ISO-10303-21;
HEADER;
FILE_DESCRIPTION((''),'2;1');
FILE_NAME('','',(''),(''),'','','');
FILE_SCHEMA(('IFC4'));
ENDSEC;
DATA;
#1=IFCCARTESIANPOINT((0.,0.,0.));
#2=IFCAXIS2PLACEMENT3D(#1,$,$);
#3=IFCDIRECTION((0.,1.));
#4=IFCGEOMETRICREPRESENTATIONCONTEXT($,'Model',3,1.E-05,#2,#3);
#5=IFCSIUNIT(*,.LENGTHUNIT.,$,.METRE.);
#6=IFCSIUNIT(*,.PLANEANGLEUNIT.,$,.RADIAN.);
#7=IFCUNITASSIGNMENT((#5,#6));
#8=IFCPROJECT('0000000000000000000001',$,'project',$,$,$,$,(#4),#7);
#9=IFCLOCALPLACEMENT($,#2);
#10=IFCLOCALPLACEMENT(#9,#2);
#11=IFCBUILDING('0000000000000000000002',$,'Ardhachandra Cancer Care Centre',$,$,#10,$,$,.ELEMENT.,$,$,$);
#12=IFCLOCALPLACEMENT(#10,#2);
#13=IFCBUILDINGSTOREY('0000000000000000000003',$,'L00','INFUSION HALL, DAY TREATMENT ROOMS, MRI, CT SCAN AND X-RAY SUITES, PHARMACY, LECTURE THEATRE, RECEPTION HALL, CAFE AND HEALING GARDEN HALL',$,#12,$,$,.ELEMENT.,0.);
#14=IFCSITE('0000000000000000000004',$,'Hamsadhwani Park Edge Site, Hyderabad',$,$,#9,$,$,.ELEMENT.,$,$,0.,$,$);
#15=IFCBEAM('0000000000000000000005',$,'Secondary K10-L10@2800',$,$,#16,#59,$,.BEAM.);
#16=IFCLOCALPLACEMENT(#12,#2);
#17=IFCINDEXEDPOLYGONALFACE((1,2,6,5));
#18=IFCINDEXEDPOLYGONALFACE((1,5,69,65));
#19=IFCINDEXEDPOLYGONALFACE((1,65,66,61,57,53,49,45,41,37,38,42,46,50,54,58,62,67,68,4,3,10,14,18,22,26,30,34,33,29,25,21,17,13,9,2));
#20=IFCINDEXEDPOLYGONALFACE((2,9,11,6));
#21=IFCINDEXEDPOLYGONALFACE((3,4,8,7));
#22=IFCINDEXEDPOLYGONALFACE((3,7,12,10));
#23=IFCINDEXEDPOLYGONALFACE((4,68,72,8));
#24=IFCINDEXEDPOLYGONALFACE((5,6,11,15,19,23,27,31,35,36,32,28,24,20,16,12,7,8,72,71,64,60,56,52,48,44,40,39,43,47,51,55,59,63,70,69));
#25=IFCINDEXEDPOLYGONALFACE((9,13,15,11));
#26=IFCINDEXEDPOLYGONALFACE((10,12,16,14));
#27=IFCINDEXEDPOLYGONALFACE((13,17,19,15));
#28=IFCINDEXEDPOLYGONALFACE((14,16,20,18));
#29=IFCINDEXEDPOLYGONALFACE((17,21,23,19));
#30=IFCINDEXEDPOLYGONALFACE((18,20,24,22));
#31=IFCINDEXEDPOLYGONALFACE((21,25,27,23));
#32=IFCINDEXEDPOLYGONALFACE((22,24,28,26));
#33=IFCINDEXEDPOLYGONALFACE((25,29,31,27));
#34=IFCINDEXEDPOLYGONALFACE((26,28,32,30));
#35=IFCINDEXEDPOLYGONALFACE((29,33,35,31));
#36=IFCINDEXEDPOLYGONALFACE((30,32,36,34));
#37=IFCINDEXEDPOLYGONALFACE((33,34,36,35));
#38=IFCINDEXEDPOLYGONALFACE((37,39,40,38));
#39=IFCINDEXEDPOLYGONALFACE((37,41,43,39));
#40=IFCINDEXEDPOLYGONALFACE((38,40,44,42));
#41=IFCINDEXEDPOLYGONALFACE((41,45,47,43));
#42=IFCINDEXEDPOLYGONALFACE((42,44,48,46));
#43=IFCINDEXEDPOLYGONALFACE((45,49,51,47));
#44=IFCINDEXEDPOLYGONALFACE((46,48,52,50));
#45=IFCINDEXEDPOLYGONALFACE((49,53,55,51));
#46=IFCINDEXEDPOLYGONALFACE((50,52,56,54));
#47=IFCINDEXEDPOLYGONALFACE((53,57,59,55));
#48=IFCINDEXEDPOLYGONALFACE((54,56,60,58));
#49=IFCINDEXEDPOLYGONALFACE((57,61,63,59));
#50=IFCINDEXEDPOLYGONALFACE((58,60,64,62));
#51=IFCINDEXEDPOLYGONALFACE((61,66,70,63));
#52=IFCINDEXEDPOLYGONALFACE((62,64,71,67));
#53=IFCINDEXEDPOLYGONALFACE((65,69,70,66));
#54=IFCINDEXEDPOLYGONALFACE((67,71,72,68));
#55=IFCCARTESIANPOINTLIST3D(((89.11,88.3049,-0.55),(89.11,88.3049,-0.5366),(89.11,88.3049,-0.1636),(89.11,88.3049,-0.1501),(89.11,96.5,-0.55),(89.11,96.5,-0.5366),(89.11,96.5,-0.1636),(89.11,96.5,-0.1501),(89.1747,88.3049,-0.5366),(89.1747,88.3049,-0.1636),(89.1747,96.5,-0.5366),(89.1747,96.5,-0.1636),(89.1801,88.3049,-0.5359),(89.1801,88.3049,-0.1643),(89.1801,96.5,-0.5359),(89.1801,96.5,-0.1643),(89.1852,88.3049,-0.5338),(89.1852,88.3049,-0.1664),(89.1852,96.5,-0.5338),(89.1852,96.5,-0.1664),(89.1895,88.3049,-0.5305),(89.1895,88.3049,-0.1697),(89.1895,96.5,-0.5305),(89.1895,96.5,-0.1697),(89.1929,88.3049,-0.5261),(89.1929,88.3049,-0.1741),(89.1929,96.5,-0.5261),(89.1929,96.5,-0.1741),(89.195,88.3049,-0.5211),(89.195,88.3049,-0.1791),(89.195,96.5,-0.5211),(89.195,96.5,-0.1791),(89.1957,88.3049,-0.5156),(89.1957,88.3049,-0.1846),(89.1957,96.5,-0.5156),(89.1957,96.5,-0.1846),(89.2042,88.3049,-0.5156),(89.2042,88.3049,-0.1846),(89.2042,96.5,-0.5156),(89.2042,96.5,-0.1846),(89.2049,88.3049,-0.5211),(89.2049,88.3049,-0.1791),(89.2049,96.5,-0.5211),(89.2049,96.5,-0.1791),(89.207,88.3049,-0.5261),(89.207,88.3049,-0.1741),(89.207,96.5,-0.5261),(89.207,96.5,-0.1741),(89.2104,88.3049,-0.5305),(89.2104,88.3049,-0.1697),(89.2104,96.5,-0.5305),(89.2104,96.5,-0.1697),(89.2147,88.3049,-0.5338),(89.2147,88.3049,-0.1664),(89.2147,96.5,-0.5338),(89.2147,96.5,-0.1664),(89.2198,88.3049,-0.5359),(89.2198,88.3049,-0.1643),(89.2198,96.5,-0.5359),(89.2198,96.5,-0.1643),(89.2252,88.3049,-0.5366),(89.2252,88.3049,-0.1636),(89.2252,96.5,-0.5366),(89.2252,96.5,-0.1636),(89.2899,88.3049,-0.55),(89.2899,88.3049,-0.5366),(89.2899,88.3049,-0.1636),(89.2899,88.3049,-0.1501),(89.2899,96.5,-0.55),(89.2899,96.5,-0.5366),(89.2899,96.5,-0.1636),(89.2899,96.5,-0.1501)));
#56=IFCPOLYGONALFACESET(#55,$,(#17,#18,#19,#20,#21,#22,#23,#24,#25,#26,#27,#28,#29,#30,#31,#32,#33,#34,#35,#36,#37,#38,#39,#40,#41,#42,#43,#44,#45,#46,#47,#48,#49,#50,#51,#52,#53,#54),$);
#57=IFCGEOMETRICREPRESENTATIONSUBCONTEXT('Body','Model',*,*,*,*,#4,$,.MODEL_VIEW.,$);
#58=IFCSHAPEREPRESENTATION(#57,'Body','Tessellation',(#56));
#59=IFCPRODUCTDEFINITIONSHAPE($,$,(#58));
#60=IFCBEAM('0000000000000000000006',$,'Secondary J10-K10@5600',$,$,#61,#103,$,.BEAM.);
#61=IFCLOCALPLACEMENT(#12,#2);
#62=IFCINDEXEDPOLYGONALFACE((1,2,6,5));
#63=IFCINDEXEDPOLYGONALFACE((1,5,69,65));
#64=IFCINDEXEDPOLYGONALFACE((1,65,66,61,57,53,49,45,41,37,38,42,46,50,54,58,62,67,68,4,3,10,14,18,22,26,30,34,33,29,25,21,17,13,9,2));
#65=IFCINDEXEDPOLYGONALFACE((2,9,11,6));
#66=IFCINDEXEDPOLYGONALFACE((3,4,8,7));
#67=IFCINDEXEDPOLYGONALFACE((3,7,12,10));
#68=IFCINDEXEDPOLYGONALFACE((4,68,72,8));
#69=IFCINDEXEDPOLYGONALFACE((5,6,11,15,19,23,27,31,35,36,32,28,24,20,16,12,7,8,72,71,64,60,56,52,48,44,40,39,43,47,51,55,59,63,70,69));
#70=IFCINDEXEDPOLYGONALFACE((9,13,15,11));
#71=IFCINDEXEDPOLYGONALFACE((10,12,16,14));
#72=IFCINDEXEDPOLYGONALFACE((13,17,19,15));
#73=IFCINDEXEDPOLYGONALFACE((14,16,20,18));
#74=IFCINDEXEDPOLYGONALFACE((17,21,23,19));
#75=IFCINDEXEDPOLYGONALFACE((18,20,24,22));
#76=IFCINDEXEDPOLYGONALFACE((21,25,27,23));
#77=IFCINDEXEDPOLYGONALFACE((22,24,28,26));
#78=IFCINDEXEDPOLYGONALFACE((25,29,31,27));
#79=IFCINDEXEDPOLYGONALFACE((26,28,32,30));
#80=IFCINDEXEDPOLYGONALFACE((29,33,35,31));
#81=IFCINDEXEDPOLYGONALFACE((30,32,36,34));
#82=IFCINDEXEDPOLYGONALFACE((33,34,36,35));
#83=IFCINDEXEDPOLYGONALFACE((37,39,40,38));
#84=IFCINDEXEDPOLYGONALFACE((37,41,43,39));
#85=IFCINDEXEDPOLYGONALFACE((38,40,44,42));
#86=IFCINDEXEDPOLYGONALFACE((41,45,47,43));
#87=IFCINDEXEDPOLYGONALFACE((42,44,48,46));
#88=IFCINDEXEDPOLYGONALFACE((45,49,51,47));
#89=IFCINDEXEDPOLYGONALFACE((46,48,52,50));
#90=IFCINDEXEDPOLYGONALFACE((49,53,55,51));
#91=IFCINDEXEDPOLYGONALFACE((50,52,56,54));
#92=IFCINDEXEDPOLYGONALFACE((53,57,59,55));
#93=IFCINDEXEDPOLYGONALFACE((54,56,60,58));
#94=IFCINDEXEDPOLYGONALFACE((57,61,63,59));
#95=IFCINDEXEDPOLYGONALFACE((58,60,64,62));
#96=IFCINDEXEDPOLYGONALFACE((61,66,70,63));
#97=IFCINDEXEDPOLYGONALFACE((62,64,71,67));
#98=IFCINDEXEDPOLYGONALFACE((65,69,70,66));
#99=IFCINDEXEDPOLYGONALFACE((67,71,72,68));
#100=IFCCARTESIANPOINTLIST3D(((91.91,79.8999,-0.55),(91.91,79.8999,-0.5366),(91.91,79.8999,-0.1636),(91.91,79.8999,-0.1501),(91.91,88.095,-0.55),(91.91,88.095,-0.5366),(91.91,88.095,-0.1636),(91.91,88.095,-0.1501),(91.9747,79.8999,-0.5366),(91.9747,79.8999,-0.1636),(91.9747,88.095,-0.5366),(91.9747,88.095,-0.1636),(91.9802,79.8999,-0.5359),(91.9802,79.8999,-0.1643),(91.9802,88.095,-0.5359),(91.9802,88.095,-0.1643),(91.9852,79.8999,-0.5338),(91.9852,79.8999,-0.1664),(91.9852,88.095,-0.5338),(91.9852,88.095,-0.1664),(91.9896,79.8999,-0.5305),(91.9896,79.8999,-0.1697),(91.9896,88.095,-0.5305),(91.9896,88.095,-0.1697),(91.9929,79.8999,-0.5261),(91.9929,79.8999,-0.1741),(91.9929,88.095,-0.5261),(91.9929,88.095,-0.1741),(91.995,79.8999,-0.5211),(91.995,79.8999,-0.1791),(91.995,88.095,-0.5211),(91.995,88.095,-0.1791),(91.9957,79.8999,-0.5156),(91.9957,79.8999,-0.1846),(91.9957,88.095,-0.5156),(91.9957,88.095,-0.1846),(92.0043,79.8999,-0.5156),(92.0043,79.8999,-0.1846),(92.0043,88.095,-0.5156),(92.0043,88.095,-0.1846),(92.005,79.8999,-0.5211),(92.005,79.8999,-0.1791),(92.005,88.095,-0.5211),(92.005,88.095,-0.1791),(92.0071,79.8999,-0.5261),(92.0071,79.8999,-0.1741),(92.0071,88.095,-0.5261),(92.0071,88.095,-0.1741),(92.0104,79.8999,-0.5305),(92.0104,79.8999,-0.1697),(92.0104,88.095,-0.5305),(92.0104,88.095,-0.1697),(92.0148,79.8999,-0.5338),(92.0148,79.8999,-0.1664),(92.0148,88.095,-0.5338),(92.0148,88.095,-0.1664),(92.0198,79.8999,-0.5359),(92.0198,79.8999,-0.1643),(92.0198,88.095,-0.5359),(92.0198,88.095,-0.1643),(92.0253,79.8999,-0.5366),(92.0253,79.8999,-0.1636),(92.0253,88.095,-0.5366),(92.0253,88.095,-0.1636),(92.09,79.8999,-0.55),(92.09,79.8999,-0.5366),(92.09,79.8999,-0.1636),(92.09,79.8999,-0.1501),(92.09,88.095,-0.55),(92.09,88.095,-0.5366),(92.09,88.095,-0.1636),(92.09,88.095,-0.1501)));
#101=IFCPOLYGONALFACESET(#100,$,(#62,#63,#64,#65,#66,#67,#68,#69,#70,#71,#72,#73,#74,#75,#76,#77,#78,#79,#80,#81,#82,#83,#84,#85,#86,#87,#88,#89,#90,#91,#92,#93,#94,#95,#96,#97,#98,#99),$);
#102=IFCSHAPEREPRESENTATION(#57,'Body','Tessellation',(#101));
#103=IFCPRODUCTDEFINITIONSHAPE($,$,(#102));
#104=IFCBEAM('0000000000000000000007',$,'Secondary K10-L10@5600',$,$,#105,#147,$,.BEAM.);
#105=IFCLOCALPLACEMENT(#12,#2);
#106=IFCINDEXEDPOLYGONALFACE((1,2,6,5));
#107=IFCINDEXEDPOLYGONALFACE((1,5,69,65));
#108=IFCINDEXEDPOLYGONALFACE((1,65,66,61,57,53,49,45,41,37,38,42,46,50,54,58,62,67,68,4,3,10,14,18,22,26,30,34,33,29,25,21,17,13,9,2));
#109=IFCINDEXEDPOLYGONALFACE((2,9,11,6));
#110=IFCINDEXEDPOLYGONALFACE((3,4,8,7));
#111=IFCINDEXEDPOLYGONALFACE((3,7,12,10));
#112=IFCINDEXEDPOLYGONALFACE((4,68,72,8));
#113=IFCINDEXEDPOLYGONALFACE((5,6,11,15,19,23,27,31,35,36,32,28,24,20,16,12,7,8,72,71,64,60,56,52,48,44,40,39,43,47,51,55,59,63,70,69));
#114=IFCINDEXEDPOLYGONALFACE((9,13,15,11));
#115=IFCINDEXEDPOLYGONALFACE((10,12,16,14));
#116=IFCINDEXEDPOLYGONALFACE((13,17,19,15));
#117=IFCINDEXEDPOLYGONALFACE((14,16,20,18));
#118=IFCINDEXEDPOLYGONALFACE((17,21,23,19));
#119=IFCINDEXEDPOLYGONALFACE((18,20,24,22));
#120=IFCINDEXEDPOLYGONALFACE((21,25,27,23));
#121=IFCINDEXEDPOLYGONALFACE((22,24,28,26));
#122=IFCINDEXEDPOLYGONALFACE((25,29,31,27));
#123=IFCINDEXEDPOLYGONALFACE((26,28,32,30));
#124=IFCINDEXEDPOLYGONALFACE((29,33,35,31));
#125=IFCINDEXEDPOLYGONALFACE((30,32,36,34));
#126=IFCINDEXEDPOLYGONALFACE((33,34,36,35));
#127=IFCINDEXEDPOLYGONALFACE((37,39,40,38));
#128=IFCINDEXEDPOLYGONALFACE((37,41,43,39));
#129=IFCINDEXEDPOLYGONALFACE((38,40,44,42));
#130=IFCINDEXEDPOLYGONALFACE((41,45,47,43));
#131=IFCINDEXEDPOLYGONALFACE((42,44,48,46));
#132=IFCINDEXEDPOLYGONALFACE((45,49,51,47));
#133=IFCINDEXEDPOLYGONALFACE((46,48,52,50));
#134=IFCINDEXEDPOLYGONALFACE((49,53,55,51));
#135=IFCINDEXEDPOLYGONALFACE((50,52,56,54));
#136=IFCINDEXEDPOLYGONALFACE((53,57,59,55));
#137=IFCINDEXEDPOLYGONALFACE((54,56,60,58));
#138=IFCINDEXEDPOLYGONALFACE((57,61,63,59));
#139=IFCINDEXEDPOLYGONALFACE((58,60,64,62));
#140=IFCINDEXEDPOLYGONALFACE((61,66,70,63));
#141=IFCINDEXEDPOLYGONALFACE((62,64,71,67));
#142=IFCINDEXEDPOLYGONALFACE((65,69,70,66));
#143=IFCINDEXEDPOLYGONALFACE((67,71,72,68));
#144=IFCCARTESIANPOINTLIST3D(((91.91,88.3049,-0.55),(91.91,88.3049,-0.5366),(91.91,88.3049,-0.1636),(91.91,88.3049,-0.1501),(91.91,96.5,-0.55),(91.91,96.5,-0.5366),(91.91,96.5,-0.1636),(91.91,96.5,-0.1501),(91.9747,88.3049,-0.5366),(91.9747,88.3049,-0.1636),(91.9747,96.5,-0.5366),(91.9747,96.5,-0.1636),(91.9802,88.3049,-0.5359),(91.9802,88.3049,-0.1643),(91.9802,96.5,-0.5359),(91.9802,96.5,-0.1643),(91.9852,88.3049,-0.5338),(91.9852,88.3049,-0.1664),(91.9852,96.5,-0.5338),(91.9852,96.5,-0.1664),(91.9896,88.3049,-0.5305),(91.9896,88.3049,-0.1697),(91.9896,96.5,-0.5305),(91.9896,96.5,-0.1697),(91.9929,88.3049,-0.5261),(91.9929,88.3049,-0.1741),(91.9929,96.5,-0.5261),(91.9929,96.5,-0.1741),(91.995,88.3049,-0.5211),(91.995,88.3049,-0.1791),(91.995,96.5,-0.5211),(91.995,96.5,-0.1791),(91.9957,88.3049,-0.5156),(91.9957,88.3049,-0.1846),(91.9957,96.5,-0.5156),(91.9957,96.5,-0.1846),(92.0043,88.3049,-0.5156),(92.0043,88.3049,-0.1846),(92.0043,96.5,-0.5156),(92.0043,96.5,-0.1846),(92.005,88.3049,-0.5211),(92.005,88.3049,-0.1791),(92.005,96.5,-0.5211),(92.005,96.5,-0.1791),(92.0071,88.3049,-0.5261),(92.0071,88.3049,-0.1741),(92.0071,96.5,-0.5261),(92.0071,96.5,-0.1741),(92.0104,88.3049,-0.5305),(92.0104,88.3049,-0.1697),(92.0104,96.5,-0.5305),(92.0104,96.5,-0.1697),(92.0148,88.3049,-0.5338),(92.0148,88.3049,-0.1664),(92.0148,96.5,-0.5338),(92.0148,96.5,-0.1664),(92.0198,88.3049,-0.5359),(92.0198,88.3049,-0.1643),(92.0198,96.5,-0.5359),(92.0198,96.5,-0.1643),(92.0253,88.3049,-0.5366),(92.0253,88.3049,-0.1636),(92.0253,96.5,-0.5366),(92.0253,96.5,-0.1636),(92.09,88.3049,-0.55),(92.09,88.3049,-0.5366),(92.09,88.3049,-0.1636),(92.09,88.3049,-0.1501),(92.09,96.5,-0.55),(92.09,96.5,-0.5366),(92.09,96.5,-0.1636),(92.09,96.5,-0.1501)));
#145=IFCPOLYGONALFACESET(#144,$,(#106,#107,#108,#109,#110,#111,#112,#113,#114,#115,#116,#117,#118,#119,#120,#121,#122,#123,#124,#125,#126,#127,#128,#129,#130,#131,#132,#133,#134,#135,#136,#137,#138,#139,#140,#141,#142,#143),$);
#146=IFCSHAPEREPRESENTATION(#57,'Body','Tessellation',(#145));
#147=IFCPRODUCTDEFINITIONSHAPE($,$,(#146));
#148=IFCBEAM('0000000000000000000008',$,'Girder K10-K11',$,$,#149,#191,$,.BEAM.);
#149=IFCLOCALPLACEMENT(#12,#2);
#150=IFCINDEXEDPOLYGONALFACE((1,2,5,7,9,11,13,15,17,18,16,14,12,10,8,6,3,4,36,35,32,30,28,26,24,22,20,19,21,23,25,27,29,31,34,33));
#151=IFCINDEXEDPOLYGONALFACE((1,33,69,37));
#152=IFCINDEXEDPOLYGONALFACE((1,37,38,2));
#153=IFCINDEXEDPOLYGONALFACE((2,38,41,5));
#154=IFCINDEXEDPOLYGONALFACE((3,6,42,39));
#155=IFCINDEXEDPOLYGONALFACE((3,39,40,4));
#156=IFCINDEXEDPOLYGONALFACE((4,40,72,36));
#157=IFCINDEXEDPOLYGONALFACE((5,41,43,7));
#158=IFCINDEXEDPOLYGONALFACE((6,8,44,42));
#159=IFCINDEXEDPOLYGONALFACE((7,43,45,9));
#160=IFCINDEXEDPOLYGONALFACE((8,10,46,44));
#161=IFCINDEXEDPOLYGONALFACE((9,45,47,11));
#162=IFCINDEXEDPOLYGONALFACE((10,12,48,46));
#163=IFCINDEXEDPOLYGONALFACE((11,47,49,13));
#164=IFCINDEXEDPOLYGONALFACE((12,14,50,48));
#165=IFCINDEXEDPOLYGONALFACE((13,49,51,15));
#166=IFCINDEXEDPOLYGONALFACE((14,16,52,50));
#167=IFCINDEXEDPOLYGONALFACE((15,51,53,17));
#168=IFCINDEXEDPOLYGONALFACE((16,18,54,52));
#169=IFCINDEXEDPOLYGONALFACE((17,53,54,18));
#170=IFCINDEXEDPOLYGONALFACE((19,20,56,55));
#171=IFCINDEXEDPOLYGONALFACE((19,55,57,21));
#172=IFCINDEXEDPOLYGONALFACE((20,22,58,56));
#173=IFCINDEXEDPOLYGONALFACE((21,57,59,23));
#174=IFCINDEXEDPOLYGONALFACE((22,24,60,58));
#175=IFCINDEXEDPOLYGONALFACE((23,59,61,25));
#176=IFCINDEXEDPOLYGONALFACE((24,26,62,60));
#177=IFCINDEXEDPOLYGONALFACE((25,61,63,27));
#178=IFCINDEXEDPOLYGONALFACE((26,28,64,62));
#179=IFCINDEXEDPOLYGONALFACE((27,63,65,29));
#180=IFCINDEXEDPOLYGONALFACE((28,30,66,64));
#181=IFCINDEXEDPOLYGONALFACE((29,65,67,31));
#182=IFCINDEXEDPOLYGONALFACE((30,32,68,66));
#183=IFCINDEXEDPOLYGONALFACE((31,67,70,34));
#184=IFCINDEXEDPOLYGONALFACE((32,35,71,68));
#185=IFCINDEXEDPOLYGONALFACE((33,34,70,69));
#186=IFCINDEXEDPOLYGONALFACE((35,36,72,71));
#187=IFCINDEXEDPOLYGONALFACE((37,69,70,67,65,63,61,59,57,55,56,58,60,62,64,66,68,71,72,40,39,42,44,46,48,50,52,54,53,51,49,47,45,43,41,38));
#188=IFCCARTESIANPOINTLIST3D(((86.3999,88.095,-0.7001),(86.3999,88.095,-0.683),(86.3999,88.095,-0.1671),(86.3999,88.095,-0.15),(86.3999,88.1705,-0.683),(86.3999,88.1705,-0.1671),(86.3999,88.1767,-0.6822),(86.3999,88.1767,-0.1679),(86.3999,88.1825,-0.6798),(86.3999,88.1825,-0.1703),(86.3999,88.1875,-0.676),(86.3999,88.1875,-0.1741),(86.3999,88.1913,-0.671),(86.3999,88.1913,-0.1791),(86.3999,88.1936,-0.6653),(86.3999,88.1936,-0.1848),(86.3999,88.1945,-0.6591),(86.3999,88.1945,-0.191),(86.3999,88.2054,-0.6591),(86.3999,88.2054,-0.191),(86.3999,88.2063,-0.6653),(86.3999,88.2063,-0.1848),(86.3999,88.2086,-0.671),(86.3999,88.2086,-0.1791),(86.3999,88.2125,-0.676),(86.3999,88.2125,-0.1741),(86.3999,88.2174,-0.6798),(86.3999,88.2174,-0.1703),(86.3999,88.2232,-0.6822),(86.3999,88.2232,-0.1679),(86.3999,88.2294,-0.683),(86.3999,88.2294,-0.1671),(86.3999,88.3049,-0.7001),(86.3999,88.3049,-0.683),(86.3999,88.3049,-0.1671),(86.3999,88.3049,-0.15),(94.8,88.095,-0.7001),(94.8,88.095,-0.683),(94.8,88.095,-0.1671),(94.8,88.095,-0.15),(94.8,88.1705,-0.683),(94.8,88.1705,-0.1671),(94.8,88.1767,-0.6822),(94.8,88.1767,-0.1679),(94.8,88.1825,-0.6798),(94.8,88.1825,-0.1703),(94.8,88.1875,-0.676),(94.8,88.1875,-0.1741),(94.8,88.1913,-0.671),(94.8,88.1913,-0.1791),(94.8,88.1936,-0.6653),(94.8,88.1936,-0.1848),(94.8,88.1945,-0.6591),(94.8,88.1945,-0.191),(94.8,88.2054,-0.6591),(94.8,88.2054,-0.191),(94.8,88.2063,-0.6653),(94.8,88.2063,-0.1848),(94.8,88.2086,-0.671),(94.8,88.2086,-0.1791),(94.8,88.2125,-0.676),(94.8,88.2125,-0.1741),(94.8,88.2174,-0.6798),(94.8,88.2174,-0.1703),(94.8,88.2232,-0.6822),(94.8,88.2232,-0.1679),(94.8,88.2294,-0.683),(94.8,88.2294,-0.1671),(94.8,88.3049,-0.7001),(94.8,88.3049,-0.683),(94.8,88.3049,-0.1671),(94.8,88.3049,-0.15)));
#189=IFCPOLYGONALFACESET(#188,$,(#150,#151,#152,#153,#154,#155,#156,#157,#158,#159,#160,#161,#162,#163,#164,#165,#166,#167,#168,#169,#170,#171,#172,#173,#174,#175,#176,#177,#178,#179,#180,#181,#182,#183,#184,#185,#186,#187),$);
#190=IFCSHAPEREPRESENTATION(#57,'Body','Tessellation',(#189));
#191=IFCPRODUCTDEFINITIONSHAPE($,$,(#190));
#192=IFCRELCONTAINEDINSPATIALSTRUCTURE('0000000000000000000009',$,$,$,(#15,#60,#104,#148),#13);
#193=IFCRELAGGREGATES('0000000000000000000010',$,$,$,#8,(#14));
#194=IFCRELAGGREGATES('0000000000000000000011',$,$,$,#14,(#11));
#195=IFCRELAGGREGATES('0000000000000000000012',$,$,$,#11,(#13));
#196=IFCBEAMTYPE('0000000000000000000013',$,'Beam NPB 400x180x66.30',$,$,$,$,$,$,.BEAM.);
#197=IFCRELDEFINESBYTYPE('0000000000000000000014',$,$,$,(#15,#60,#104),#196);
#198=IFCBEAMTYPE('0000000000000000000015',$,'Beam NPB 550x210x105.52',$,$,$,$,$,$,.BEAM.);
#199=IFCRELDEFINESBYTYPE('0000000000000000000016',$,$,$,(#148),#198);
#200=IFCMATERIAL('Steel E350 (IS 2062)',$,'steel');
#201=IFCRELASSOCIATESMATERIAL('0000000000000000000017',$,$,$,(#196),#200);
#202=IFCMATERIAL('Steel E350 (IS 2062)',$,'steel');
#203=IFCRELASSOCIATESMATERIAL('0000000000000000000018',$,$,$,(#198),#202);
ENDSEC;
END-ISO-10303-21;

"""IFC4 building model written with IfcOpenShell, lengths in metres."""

from ifc_helpers import new_model, si_unit, direction, frame, origin, origin_2d, place, context, subcontext, project, spatial, i_section, extrude, material, material_profile, profile_set, type_object, element, save


model = new_model("IFC4")

# Units and contexts
model_context = context("Model", 3, precision=1e-05, world=origin(), true_north=direction((0.0, 1.0)))
body_context = subcontext(model_context, "Body", "Model", "MODEL_VIEW")
ifc_project = project(units=[si_unit("LENGTHUNIT", "METRE"), si_unit("PLANEANGLEUNIT", "RADIAN")], contexts=[model_context])

# Site, building, storey
site_placement = place(None, origin())
site = spatial("IfcSite", under=ifc_project, at=site_placement, Name="Hamsadhwani Park Edge Site, Hyderabad", CompositionType="ELEMENT", RefElevation=0.0)
building_placement = place(site_placement, origin())
building = spatial("IfcBuilding", under=site, at=building_placement, Name="Ardhachandra Cancer Care Centre", CompositionType="ELEMENT")
storey_placement = place(building_placement, origin())
storey = spatial("IfcBuildingStorey", under=building, at=storey_placement, Name="L00", Description="INFUSION HALL, DAY TREATMENT ROOMS, MRI, CT SCAN AND X-RAY SUITES, PHARMACY, LECTURE THEATRE, RECEPTION HALL, CAFE AND HEALING GARDEN HALL", CompositionType="ELEMENT", Elevation=0.0)

# Beams
ifc_material_1 = material(Name="Steel E350 (IS 2062)", Category="steel")
ifc_material_profile_1 = material_profile(ifc_material_1, i_section(OverallWidth=0.1799, OverallDepth=0.3999, WebThickness=0.0085, FlangeThickness=0.0134, FilletRadius=0.021, at=origin_2d()), Name="NPB 400x180x66.30")
ifc_profile_set_1 = profile_set([ifc_material_profile_1], Name="Steel E350 (IS 2062)")
beam_type_1 = type_object("IfcBeamType", Name="Beam NPB 400x180x66.30", PredefinedType="BEAM", material=ifc_profile_set_1)
for number, where, z_axis, x_axis, name in (
    (1, (89.2, 88.3049, -0.3501), (0.0, 1.0, 0.0), (-1.0, 0.0, 0.0), "Secondary K10-L10@2800"),
    (2, (92.0, 79.8999, -0.3501), (0.0, 1.0, 0.0), (-1.0, 0.0, 0.0), "Secondary J10-K10@5600"),
    (3, (92.0, 88.3049, -0.3501), (0.0, 1.0, 0.0), (-1.0, 0.0, 0.0), "Secondary K10-L10@5600"),
):
    element("IfcBeam", number, at=place(storey_placement, frame(where, z_axis=z_axis, x_axis=x_axis)), inside=storey, type_object=beam_type_1, Name=name, PredefinedType="BEAM", context=body_context, shape_type="SweptSolid", body=[
        extrude(i_section(OverallWidth=0.1799, OverallDepth=0.3999, WebThickness=0.0085, FlangeThickness=0.0134, FilletRadius=0.021, at=origin_2d()), origin(), (0.0, 0.0, 1.0), 8.1951),
    ])
ifc_material_2 = material(Name="Steel E350 (IS 2062)", Category="steel")
ifc_material_profile_2 = material_profile(ifc_material_2, i_section(OverallWidth=0.21, OverallDepth=0.55, WebThickness=0.011, FlangeThickness=0.0171, FilletRadius=0.0239, at=origin_2d()), Name="NPB 550x210x105.52")
ifc_profile_set_2 = profile_set([ifc_material_profile_2], Name="Steel E350 (IS 2062)")
beam_type_2 = type_object("IfcBeamType", Name="Beam NPB 550x210x105.52", PredefinedType="BEAM", material=ifc_profile_set_2)
beam_1_placement = place(storey_placement, frame((86.3999, 88.2, -0.425), z_axis=(1.0, 0.0, 0.0), x_axis=(0.0, 1.0, 0.0)))
element("IfcBeam", 4, at=beam_1_placement, inside=storey, type_object=beam_type_2, Name="Girder K10-K11", PredefinedType="BEAM", context=body_context, shape_type="SweptSolid", body=[
    extrude(i_section(OverallWidth=0.21, OverallDepth=0.55, WebThickness=0.011, FlangeThickness=0.0171, FilletRadius=0.0239, at=origin_2d()), origin(), (0.0, 0.0, 1.0), 8.4001),
])

save(model, "model.ifc")
